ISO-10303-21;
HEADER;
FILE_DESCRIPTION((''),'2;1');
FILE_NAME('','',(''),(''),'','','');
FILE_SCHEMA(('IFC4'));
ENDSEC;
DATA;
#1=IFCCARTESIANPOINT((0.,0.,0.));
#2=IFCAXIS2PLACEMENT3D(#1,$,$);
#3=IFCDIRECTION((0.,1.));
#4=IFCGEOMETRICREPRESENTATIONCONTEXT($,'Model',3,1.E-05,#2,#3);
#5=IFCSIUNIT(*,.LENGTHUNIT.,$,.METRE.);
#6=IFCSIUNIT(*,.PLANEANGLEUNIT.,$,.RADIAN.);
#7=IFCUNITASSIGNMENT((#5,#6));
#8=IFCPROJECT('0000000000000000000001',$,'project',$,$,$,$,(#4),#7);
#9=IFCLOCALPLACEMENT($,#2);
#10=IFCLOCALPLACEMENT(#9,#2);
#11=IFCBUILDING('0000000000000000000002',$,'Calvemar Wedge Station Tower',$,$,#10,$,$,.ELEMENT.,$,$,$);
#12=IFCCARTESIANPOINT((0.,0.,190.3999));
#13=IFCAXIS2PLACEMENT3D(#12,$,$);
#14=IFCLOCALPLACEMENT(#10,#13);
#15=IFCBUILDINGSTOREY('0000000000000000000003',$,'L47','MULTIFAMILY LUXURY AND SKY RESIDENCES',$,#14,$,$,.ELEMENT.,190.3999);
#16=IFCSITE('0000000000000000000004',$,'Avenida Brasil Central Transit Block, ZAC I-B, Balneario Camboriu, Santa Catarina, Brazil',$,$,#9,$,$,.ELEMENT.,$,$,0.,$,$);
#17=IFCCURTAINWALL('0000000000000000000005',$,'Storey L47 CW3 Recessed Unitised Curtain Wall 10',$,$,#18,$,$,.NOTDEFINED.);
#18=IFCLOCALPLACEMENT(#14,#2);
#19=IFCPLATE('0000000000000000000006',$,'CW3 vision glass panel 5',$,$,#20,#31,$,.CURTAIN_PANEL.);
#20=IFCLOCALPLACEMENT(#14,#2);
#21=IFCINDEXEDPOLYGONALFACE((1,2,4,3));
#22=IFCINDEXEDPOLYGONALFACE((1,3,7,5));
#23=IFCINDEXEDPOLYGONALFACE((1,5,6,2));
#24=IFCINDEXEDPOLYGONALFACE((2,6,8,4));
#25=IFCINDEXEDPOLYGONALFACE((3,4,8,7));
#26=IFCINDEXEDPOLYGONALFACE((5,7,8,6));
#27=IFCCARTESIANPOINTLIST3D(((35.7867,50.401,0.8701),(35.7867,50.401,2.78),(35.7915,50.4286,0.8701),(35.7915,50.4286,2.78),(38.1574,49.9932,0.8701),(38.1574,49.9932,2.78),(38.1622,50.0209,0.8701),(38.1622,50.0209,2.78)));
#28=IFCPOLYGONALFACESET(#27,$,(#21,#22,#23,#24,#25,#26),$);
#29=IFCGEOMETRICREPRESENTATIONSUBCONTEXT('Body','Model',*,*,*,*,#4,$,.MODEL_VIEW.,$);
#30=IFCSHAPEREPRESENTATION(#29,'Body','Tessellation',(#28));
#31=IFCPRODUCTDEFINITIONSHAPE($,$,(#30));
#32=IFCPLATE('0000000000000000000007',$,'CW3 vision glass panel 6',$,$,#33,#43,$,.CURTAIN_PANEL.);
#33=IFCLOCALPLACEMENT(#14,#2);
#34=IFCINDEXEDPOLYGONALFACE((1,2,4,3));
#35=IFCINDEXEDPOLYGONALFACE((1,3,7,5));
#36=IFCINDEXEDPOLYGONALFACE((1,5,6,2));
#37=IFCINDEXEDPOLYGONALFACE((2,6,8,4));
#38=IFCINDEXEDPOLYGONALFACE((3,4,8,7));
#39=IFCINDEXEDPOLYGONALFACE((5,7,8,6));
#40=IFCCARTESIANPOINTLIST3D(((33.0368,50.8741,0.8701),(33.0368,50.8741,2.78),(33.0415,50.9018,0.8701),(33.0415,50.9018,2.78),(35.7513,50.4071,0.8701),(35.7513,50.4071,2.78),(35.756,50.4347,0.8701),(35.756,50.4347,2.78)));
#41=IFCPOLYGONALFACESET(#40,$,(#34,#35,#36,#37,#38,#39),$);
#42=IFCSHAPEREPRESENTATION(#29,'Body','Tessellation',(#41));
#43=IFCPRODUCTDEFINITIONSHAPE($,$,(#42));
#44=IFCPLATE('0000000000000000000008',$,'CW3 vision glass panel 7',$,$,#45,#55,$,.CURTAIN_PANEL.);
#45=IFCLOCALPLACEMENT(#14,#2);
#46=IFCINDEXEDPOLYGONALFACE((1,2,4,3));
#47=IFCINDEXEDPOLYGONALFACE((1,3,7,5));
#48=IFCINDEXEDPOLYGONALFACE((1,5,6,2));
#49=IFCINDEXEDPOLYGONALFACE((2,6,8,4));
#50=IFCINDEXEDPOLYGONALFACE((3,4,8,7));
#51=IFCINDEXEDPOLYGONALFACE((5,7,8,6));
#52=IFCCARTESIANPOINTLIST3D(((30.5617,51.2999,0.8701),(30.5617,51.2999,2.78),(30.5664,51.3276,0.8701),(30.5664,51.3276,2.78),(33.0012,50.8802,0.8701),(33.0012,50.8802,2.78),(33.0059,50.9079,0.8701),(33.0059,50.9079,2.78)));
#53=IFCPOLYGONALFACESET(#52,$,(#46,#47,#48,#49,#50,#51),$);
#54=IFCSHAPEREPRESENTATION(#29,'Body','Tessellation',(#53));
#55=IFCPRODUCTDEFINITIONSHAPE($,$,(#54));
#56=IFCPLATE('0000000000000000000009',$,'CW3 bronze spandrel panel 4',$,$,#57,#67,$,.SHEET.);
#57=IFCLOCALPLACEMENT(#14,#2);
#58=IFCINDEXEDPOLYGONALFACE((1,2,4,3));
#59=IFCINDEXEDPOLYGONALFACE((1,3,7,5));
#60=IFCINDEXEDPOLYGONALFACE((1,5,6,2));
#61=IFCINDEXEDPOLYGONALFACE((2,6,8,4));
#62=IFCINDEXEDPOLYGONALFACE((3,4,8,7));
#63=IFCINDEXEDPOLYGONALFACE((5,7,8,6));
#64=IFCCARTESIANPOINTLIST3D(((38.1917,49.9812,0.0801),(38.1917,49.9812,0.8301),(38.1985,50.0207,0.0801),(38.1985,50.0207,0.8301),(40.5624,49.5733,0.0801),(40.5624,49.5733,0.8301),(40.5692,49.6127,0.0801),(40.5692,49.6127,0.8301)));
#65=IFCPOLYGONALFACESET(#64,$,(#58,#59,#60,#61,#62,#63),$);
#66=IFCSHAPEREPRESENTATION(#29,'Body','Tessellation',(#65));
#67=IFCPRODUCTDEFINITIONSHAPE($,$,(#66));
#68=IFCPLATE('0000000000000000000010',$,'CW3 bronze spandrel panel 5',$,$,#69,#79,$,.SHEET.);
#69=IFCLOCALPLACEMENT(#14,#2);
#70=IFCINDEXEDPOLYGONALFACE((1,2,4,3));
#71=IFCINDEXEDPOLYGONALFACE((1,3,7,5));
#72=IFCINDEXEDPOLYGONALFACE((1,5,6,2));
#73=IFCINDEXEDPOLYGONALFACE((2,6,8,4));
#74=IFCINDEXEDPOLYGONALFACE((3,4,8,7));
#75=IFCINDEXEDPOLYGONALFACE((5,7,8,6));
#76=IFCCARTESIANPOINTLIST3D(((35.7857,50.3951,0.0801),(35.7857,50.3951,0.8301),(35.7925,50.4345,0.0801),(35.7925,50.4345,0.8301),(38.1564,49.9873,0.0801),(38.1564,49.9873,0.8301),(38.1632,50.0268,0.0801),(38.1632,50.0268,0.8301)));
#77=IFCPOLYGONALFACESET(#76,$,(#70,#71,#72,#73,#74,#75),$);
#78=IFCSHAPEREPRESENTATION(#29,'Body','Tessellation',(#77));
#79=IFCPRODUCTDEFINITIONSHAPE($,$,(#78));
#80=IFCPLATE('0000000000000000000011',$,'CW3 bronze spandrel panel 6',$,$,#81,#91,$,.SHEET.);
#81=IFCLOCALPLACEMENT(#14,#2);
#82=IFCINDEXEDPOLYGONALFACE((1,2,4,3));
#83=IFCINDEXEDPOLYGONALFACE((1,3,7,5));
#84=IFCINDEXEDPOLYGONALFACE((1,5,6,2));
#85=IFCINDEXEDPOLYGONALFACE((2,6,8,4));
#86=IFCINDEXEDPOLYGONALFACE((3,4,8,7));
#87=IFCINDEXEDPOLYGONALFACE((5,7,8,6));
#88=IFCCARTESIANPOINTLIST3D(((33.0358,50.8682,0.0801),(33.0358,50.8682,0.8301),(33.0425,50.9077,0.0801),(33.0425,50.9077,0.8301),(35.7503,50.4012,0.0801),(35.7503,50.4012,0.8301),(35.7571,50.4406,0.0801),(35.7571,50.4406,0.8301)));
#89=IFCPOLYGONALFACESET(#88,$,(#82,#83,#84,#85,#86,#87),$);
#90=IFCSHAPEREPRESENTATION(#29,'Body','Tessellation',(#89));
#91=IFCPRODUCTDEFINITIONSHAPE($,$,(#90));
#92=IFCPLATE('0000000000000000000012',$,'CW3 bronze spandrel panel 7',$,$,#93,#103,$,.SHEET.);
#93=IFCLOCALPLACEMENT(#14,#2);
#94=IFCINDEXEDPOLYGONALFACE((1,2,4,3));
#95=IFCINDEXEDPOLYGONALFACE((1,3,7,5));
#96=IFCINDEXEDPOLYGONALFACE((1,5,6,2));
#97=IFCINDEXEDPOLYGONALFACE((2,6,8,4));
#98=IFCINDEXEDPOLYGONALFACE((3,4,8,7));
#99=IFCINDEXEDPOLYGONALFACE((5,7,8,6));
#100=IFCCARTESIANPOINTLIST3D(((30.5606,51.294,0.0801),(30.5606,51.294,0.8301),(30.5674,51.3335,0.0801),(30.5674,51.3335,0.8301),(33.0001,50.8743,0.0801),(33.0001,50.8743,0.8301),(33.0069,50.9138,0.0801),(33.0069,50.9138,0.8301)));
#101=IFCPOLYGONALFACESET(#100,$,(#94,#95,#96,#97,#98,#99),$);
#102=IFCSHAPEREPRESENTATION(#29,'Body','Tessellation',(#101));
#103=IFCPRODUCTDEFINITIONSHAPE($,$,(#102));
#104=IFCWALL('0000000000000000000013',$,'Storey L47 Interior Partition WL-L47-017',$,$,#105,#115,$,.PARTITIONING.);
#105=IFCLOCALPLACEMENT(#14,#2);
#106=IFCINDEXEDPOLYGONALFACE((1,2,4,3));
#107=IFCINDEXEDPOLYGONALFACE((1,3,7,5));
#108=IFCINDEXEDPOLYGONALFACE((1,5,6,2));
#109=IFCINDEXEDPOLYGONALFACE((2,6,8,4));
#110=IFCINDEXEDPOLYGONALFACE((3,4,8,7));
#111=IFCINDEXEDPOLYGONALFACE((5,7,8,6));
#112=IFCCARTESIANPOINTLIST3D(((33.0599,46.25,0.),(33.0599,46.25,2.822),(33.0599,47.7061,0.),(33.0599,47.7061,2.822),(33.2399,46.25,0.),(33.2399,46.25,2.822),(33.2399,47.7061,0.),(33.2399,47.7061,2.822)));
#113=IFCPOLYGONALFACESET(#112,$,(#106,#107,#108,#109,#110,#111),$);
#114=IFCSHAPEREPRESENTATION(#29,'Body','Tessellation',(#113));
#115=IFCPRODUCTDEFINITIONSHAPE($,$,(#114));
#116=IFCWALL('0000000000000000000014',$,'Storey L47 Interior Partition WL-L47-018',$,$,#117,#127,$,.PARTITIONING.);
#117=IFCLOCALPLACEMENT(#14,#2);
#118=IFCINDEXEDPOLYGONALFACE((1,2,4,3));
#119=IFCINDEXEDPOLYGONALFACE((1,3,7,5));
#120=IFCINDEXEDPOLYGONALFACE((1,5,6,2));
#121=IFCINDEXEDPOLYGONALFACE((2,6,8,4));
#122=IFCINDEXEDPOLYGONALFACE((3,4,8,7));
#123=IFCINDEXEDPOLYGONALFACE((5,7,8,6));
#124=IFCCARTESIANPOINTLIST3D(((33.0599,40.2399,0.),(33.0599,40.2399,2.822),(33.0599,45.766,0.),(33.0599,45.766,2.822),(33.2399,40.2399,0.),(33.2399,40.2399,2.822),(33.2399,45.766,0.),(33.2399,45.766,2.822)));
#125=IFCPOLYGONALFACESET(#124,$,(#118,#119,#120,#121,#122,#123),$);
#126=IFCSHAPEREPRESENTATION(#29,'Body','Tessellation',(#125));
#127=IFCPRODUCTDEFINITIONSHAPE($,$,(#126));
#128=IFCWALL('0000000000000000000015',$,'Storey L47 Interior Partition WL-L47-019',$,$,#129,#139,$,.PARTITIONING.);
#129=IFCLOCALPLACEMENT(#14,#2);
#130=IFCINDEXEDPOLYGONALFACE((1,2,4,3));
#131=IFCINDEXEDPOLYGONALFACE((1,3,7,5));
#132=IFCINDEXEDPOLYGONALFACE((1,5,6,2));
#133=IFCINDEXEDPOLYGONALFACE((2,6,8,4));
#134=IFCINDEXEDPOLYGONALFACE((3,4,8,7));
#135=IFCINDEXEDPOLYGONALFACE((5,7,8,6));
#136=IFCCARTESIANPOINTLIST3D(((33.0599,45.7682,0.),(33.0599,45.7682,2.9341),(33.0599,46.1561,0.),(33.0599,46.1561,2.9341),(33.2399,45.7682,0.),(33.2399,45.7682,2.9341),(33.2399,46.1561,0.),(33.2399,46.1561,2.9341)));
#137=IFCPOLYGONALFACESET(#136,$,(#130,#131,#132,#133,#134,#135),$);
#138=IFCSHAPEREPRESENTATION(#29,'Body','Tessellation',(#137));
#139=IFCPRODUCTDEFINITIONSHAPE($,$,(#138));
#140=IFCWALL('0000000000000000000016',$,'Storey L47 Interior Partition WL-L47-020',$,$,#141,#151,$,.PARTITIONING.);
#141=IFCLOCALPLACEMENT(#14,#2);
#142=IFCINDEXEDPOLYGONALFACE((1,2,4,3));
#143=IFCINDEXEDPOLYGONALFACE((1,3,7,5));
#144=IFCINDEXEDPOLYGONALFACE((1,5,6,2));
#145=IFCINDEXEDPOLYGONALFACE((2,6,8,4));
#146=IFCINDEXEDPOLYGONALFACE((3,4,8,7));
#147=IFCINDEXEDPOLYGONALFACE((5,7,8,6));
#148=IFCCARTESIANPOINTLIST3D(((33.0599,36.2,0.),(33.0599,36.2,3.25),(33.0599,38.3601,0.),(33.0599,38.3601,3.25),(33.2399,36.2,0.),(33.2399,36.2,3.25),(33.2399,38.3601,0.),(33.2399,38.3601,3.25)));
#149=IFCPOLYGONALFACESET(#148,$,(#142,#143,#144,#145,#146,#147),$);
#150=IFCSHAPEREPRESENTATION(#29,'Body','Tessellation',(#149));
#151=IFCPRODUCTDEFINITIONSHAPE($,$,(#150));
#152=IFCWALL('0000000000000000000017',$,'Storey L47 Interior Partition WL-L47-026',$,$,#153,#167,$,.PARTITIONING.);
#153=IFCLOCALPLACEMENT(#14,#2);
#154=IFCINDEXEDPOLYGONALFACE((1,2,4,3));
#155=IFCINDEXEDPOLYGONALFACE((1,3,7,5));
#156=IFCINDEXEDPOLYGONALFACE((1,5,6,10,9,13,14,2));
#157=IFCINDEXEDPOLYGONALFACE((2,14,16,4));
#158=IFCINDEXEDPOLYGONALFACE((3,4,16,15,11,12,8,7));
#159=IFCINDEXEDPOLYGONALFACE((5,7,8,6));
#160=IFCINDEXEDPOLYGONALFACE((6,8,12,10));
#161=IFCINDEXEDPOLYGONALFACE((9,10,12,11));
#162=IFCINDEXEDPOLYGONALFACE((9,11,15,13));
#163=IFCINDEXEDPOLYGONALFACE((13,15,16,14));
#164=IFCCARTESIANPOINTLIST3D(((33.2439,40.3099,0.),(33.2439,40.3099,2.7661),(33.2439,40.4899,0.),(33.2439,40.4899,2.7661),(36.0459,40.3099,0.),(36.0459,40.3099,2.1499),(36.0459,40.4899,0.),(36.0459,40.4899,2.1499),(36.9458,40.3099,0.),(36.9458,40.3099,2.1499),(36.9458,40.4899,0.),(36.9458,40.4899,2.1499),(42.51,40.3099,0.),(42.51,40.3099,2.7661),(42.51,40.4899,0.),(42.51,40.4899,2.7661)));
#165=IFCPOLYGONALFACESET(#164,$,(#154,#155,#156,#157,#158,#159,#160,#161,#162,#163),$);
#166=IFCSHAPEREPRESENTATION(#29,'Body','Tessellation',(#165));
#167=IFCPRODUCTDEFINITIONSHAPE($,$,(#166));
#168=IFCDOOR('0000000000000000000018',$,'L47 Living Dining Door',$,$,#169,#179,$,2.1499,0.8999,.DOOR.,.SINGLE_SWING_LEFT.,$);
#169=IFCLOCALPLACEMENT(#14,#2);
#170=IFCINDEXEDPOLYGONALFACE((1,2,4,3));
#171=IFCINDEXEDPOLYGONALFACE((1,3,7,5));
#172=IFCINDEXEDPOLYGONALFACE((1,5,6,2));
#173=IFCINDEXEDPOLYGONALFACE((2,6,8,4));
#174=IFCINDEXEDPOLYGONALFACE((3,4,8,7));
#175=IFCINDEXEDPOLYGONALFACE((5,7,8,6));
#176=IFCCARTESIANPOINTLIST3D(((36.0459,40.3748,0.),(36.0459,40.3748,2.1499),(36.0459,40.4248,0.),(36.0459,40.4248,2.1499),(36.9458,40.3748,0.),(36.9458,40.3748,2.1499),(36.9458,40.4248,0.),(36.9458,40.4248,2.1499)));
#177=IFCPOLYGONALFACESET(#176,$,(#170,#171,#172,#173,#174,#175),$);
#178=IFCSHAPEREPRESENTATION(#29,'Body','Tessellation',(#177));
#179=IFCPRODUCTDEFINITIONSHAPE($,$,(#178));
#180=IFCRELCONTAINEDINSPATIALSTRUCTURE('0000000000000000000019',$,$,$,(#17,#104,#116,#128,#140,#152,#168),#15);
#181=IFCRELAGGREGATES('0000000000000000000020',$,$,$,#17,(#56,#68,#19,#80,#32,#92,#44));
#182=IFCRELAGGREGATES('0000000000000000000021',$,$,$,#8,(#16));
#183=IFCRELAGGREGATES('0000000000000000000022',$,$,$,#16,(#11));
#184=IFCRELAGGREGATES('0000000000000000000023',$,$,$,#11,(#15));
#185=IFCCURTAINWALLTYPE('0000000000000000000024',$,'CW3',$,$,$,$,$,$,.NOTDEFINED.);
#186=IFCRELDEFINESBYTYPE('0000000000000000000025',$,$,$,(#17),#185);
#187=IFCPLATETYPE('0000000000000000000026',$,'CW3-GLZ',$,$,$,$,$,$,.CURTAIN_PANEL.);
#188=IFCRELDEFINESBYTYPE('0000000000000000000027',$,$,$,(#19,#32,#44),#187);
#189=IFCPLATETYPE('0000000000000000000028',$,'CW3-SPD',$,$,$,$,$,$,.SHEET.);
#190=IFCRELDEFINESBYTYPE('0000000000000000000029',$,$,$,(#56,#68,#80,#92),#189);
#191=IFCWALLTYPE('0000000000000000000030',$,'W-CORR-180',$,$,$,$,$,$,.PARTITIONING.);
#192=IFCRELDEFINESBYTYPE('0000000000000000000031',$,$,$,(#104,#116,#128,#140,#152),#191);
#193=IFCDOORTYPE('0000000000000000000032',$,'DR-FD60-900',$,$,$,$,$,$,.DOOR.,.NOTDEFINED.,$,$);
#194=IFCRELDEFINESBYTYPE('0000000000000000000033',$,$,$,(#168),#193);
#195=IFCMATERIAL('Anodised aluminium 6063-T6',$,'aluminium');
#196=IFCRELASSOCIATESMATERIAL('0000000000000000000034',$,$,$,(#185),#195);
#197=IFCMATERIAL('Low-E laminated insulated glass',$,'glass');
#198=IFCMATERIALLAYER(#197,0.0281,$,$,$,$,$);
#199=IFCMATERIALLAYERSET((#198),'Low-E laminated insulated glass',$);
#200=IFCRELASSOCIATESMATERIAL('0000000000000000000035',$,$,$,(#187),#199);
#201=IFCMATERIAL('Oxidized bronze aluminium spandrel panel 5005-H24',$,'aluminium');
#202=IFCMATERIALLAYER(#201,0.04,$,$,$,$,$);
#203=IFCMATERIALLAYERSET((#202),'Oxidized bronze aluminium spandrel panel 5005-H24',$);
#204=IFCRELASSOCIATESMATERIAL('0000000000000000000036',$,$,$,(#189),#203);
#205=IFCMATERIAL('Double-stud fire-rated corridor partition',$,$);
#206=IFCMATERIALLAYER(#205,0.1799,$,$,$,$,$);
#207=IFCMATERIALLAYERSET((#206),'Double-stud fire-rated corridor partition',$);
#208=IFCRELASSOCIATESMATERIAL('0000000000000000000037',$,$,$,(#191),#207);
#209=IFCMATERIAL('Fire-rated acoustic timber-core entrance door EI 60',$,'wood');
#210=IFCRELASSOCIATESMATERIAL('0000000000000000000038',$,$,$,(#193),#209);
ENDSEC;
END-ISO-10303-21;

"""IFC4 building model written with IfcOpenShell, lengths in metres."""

from ifc_helpers import new_model, si_unit, direction, frame, frame_2d, origin, place, context, subcontext, project, spatial, rectangle, extrude, source, transform, mapped, material, layer, layer_set, type_object, element, fill, aggregate, save


model = new_model("IFC4")

# Units and contexts
model_context = context("Model", 3, precision=1e-05, world=origin(), true_north=direction((0.0, 1.0)))
body_context = subcontext(model_context, "Body", "Model", "MODEL_VIEW")
ifc_project = project(units=[si_unit("LENGTHUNIT", "METRE"), si_unit("PLANEANGLEUNIT", "RADIAN")], contexts=[model_context])

# Site, building, storey
site_placement = place(None, origin())
site = spatial("IfcSite", under=ifc_project, at=site_placement, Name="Avenida Brasil Central Transit Block, ZAC I-B, Balneario Camboriu, Santa Catarina, Brazil", CompositionType="ELEMENT", RefElevation=0.0)
building_placement = place(site_placement, origin())
building = spatial("IfcBuilding", under=site, at=building_placement, Name="Calvemar Wedge Station Tower", CompositionType="ELEMENT")
storey_placement = place(building_placement, frame((0.0, 0.0, 190.3999)))
storey = spatial("IfcBuildingStorey", under=building, at=storey_placement, Name="L47", Description="MULTIFAMILY LUXURY AND SKY RESIDENCES", CompositionType="ELEMENT", Elevation=190.3999)

# Curtain wall, plates
ifc_material_1 = material(Name="Anodised aluminium 6063-T6", Category="aluminium")
curtain_wall_type = type_object("IfcCurtainWallType", Name="CW3", PredefinedType="NOTDEFINED", material=ifc_material_1)
curtain_wall_placement = place(storey_placement, origin())
curtain_wall = element("IfcCurtainWall", 1, at=curtain_wall_placement, inside=storey, type_object=curtain_wall_type, Name="Storey L47 CW3 Recessed Unitised Curtain Wall 10", PredefinedType="NOTDEFINED")
ifc_material_2 = material(Name="Low-E laminated insulated glass", Category="glass")
ifc_layer_1 = layer(ifc_material_2, 0.0281)
ifc_layer_set_1 = layer_set([ifc_layer_1], Name="Low-E laminated insulated glass")
plate_type_1 = type_object("IfcPlateType", Name="CW3-GLZ", PredefinedType="CURTAIN_PANEL", material=ifc_layer_set_1)
plate_1_placement = place(storey_placement, frame((38.1597, 50.0071, 0.8701), z_axis=(0.0, 0.0, 1.0), x_axis=(-0.98553, 0.169499, 0.0)))
plate_1 = element("IfcPlate", 2, at=plate_1_placement, type_object=plate_type_1, Name="CW3 vision glass panel 5", PredefinedType="CURTAIN_PANEL", context=body_context, shape_type="SweptSolid", body=[
    extrude(rectangle(XDim=2.4055, YDim=0.0281, at=frame_2d((1.2026, 0.0))), origin(), (0.0, 0.0, 1.0), 1.9099),
])
plate_2_placement = place(storey_placement, frame((35.7537, 50.4209, 0.8701), z_axis=(0.0, 0.0, 1.0), x_axis=(-0.98552, 0.169557, 0.0)))
plate_2 = element("IfcPlate", 3, at=plate_2_placement, type_object=plate_type_1, Name="CW3 vision glass panel 6", PredefinedType="CURTAIN_PANEL", context=body_context, shape_type="SweptSolid", body=[
    extrude(rectangle(XDim=2.7544, YDim=0.0281, at=frame_2d((1.3772, 0.0))), origin(), (0.0, 0.0, 1.0), 1.9099),
])
plate_3_placement = place(storey_placement, frame((33.0037, 50.894, 0.8701), z_axis=(0.0, 0.0, 1.0), x_axis=(-0.985522, 0.169547, 0.0)))
plate_3 = element("IfcPlate", 4, at=plate_3_placement, type_object=plate_type_1, Name="CW3 vision glass panel 7", PredefinedType="CURTAIN_PANEL", context=body_context, shape_type="SweptSolid", body=[
    extrude(rectangle(XDim=2.4753, YDim=0.0281, at=frame_2d((1.2378, 0.0))), origin(), (0.0, 0.0, 1.0), 1.9099),
])
ifc_material_3 = material(Name="Oxidized bronze aluminium spandrel panel 5005-H24", Category="aluminium")
ifc_layer_2 = layer(ifc_material_3, 0.04)
ifc_layer_set_2 = layer_set([ifc_layer_2], Name="Oxidized bronze aluminium spandrel panel 5005-H24")
plate_type_2 = type_object("IfcPlateType", Name="CW3-SPD", PredefinedType="SHEET", material=ifc_layer_set_2)
plate_4_placement = place(storey_placement, frame((40.5657, 49.593, 0.0801), z_axis=(0.0, 0.0, 1.0), x_axis=(-0.985513, 0.169598, 0.0)))
plate_4 = element("IfcPlate", 5, at=plate_4_placement, type_object=plate_type_2, Name="CW3 bronze spandrel panel 4", PredefinedType="SHEET", context=body_context, shape_type="SweptSolid", body=[
    extrude(rectangle(XDim=2.4055, YDim=0.04, at=frame_2d((1.2026, 0.0))), origin(), (0.0, 0.0, 1.0), 0.75),
])
plate_5_placement = place(storey_placement, frame((38.1597, 50.0071, 0.0801), z_axis=(0.0, 0.0, 1.0), x_axis=(-0.98553, 0.169499, 0.0)))
plate_5 = element("IfcPlate", 6, at=plate_5_placement, type_object=plate_type_2, Name="CW3 bronze spandrel panel 5", PredefinedType="SHEET", context=body_context, shape_type="SweptSolid", body=[
    extrude(rectangle(XDim=2.4055, YDim=0.04, at=frame_2d((1.2026, 0.0))), origin(), (0.0, 0.0, 1.0), 0.75),
])
plate_6_placement = place(storey_placement, frame((35.7537, 50.4209, 0.0801), z_axis=(0.0, 0.0, 1.0), x_axis=(-0.98552, 0.169557, 0.0)))
plate_6 = element("IfcPlate", 7, at=plate_6_placement, type_object=plate_type_2, Name="CW3 bronze spandrel panel 6", PredefinedType="SHEET", context=body_context, shape_type="SweptSolid", body=[
    extrude(rectangle(XDim=2.7544, YDim=0.04, at=frame_2d((1.3772, 0.0))), origin(), (0.0, 0.0, 1.0), 0.75),
])
plate_7_placement = place(storey_placement, frame((33.0037, 50.894, 0.0801), z_axis=(0.0, 0.0, 1.0), x_axis=(-0.985522, 0.169547, 0.0)))
plate_7 = element("IfcPlate", 8, at=plate_7_placement, type_object=plate_type_2, Name="CW3 bronze spandrel panel 7", PredefinedType="SHEET", context=body_context, shape_type="SweptSolid", body=[
    extrude(rectangle(XDim=2.4753, YDim=0.04, at=frame_2d((1.2378, 0.0))), origin(), (0.0, 0.0, 1.0), 0.75),
])
aggregate(curtain_wall, [plate_4, plate_5, plate_1, plate_6, plate_2, plate_7, plate_3])

# Walls
ifc_material_4 = material(Name="Double-stud fire-rated corridor partition")
ifc_layer_3 = layer(ifc_material_4, 0.1799)
ifc_layer_set_3 = layer_set([ifc_layer_3], Name="Double-stud fire-rated corridor partition")
wall_type_1 = type_object("IfcWallType", Name="W-CORR-180", PredefinedType="PARTITIONING", material=ifc_layer_set_3)
wall_1_placement = place(storey_placement, frame((33.1499, 47.7061, 0.0), z_axis=(0.0, 0.0, 1.0), x_axis=(0.0, -1.0, 0.0)))
element("IfcWall", 9, at=wall_1_placement, inside=storey, type_object=wall_type_1, Name="Storey L47 Interior Partition WL-L47-017", PredefinedType="PARTITIONING", context=body_context, shape_type="SweptSolid", body=[
    extrude(rectangle(XDim=1.4561, YDim=0.1799, at=frame_2d((0.728, 0.0))), origin(), (0.0, 0.0, 1.0), 2.822),
])
wall_2_placement = place(storey_placement, frame((33.1499, 45.7661, 0.0), z_axis=(0.0, 0.0, 1.0), x_axis=(0.0, -1.0, 0.0)))
element("IfcWall", 10, at=wall_2_placement, inside=storey, type_object=wall_type_1, Name="Storey L47 Interior Partition WL-L47-018", PredefinedType="PARTITIONING", context=body_context, shape_type="SweptSolid", body=[
    extrude(rectangle(XDim=5.5261, YDim=0.1799, at=frame_2d((2.7632, 0.0))), origin(), (0.0, 0.0, 1.0), 2.822),
])
wall_3_placement = place(storey_placement, frame((33.1499, 46.156, 0.0), z_axis=(0.0, 0.0, 1.0), x_axis=(0.0, -1.0, 0.0)))
element("IfcWall", 11, at=wall_3_placement, inside=storey, type_object=wall_type_1, Name="Storey L47 Interior Partition WL-L47-019", PredefinedType="PARTITIONING", context=body_context, shape_type="SweptSolid", body=[
    extrude(rectangle(XDim=0.3879, YDim=0.1799, at=frame_2d((0.1938, 0.0))), origin(), (0.0, 0.0, 1.0), 2.9341),
])
wall_4_placement = place(storey_placement, frame((33.1499, 38.3601, 0.0), z_axis=(0.0, 0.0, 1.0), x_axis=(0.0, -1.0, 0.0)))
element("IfcWall", 12, at=wall_4_placement, inside=storey, type_object=wall_type_1, Name="Storey L47 Interior Partition WL-L47-020", PredefinedType="PARTITIONING", context=body_context, shape_type="SweptSolid", body=[
    extrude(rectangle(XDim=2.1602, YDim=0.1799, at=frame_2d((1.0801, 0.0))), origin(), (0.0, 0.0, 1.0), 3.25),
])

# Wall, opening, door
wall_5_placement = place(storey_placement, frame((33.2439, 40.3999, 0.0), z_axis=(0.0, 0.0, 1.0), x_axis=(1.0, 0.0, 0.0)))
wall_5 = element("IfcWall", 13, at=wall_5_placement, inside=storey, type_object=wall_type_1, Name="Storey L47 Interior Partition WL-L47-026", PredefinedType="PARTITIONING", context=body_context, shape_type="SweptSolid", body=[
    extrude(rectangle(XDim=9.2661, YDim=0.1799, at=frame_2d((4.6331, 0.0))), origin(), (0.0, 0.0, 1.0), 2.7661),
])
shared_shape_1 = source(origin(), body_context, "Body", "SweptSolid", [
    extrude(rectangle(XDim=0.8999, YDim=2.1499, at=frame_2d((0.45, 1.075))), frame((0.0, 0.1001, 0.0), z_axis=(0.0, -1.0, 0.0), x_axis=(1.0, 0.0, 0.0)), (0.0, 0.0, 1.0), 0.2),
])
opening_1_placement = place(wall_5_placement, frame((2.802, 0.0, 0.0)))
opening_1 = element("IfcOpeningElement", 14, at=opening_1_placement, cuts=wall_5, PredefinedType="OPENING", context=body_context, shape_type="MappedRepresentation", body=[
    mapped(shared_shape_1, transform((0.0, 0.0, 0.0), scale=1.0)),
])
ifc_material_5 = material(Name="Fire-rated acoustic timber-core entrance door EI 60", Category="wood")
door_type_1 = type_object("IfcDoorType", Name="DR-FD60-900", OperationType="NOTDEFINED", PredefinedType="DOOR", material=ifc_material_5)
shared_shape_2 = source(origin(), body_context, "Body", "SweptSolid", [
    extrude(rectangle(XDim=0.8999, YDim=2.1499, at=frame_2d((0.45, 1.075))), frame((0.0, 0.0249, 0.0), z_axis=(0.0, -1.0, 0.0), x_axis=(1.0, 0.0, 0.0)), (0.0, 0.0, 1.0), 0.05),
])
door_1_placement = place(opening_1_placement, origin())
door_1 = element("IfcDoor", 15, at=door_1_placement, inside=storey, type_object=door_type_1, Name="L47 Living Dining Door", OperationType="SINGLE_SWING_LEFT", OverallHeight=2.1499, OverallWidth=0.8999, PredefinedType="DOOR", context=body_context, shape_type="MappedRepresentation", body=[
    mapped(shared_shape_2, transform((0.0, 0.0, 0.0), scale=1.0)),
])
fill(opening_1, door_1)

save(model, "model.ifc")
